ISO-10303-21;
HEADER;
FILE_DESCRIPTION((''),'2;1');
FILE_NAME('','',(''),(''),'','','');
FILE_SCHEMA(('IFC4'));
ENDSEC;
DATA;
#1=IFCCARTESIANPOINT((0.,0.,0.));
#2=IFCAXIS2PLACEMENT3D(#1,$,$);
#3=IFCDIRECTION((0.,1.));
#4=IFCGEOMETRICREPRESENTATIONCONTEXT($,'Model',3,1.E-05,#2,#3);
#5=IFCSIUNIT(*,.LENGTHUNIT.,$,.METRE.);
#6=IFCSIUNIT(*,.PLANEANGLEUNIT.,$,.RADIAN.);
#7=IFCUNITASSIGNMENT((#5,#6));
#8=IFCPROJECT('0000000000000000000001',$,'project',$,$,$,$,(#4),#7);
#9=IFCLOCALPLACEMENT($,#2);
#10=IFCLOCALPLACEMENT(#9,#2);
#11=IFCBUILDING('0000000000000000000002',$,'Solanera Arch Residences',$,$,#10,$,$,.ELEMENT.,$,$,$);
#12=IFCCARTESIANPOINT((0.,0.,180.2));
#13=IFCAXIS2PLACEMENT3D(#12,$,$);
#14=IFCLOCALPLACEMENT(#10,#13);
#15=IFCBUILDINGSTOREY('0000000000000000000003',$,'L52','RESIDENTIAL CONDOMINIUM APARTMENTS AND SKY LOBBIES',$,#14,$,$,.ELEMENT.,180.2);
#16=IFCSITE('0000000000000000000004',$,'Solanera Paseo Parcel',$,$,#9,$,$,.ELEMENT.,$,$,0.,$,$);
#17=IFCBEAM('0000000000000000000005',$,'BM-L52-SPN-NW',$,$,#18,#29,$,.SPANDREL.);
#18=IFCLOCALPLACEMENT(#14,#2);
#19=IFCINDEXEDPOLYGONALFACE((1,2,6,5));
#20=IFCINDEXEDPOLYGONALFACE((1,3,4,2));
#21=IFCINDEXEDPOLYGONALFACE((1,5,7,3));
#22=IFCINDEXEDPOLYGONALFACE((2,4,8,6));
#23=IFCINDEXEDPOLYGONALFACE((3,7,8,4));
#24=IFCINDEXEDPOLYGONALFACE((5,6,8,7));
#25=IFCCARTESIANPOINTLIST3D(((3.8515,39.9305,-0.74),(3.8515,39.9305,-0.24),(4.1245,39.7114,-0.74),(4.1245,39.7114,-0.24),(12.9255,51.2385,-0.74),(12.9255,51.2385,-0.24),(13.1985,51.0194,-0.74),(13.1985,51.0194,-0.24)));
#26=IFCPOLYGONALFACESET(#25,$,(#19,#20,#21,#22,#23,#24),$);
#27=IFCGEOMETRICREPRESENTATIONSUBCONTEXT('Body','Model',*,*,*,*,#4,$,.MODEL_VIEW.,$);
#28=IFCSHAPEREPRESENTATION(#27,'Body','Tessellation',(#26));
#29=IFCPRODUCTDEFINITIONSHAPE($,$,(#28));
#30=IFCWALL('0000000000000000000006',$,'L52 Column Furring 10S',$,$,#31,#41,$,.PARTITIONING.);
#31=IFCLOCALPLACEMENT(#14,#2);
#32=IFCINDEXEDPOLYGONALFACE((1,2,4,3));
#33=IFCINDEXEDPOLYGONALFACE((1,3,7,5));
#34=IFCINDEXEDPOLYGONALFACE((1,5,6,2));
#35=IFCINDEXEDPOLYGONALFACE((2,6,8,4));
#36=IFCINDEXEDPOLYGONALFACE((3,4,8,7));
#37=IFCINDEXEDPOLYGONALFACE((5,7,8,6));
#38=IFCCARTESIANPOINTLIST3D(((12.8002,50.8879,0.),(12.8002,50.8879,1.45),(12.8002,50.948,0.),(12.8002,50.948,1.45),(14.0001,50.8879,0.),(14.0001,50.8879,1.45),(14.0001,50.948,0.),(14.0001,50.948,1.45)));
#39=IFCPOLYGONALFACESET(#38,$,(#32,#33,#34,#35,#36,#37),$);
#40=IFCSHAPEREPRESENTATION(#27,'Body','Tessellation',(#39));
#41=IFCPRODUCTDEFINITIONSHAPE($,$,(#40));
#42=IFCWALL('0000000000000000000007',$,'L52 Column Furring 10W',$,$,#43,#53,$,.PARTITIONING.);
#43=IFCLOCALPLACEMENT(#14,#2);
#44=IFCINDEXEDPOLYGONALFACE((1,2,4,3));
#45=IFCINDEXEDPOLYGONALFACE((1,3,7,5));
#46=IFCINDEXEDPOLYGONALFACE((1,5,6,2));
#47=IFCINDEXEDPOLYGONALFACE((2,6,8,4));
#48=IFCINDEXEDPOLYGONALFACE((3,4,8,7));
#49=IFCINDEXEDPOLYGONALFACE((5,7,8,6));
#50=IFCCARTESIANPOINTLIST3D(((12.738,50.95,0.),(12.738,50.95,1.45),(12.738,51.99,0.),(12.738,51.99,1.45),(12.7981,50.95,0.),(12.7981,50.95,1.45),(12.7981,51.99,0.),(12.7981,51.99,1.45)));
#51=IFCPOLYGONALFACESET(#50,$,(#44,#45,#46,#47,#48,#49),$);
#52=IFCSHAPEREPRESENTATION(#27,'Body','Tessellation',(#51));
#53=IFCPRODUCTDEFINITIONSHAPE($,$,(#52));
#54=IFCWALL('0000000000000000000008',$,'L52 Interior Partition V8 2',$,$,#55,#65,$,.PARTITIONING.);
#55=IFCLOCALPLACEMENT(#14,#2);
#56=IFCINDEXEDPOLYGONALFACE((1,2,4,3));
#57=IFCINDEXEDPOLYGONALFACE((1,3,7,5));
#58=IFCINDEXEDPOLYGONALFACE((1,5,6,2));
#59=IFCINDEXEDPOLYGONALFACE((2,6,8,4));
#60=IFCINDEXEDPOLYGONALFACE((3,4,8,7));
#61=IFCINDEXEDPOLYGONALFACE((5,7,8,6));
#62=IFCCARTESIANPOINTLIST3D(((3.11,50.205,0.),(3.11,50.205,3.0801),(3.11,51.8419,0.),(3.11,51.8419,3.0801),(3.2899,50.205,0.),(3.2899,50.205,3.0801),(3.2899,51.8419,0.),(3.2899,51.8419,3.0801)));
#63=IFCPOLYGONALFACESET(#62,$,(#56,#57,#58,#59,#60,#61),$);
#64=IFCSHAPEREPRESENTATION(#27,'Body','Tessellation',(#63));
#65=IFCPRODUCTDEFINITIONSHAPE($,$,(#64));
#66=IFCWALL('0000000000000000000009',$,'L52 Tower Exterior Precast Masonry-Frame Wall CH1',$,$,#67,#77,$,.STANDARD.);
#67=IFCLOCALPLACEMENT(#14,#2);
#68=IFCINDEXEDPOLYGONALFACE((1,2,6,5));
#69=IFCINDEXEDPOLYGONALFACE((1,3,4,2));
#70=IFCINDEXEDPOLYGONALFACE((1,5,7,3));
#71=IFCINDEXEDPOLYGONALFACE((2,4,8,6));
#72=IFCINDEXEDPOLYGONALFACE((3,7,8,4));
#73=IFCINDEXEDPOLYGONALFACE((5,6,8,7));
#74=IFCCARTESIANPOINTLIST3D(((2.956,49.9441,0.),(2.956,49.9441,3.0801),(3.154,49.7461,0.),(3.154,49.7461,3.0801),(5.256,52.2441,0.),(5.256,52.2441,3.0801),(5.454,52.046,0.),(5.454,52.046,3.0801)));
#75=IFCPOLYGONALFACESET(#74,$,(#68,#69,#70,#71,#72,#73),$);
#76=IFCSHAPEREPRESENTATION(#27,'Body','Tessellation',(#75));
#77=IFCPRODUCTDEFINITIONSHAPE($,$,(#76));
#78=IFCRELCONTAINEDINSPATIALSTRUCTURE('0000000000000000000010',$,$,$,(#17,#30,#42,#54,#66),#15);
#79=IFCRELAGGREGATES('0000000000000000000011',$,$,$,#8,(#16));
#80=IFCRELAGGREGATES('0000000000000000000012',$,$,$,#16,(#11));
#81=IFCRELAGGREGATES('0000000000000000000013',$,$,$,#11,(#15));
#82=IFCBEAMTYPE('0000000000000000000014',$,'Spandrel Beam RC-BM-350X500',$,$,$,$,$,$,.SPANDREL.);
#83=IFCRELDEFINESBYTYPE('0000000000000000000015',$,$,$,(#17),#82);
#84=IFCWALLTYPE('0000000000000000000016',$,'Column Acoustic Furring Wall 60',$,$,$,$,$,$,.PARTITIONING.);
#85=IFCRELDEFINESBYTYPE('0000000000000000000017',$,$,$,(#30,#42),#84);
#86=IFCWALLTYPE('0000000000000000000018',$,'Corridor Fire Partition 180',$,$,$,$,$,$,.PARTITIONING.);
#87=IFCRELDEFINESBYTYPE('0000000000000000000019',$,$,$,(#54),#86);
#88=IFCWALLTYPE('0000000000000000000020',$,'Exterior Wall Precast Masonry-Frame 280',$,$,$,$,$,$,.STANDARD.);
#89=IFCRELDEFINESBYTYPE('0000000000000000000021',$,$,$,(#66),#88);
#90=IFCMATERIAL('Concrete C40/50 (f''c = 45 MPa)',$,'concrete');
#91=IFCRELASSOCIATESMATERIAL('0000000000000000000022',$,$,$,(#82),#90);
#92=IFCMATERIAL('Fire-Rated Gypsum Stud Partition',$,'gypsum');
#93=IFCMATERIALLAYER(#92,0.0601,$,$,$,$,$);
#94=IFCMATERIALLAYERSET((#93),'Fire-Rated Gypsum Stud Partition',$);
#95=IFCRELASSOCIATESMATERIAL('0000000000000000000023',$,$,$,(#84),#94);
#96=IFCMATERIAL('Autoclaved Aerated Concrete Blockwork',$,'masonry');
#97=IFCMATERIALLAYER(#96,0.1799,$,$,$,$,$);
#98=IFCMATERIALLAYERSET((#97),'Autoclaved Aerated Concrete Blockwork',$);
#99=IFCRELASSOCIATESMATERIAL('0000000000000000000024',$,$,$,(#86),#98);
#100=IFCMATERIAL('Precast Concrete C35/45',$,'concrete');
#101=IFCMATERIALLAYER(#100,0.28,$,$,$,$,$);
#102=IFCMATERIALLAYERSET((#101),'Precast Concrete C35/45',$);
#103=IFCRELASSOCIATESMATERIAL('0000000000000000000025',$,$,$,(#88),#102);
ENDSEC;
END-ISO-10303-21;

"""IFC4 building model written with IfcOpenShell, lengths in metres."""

from ifc_helpers import new_model, si_unit, direction, frame, frame_2d, origin, origin_2d, place, context, subcontext, project, spatial, rectangle, extrude, material, layer, layer_set, material_profile, profile_set, type_object, element, save


model = new_model("IFC4")

# Units and contexts
model_context = context("Model", 3, precision=1e-05, world=origin(), true_north=direction((0.0, 1.0)))
body_context = subcontext(model_context, "Body", "Model", "MODEL_VIEW")
ifc_project = project(units=[si_unit("LENGTHUNIT", "METRE"), si_unit("PLANEANGLEUNIT", "RADIAN")], contexts=[model_context])

# Site, building, storey
site_placement = place(None, origin())
site = spatial("IfcSite", under=ifc_project, at=site_placement, Name="Solanera Paseo Parcel", CompositionType="ELEMENT", RefElevation=0.0)
building_placement = place(site_placement, origin())
building = spatial("IfcBuilding", under=site, at=building_placement, Name="Solanera Arch Residences", CompositionType="ELEMENT")
storey_placement = place(building_placement, frame((0.0, 0.0, 180.2)))
storey = spatial("IfcBuildingStorey", under=building, at=storey_placement, Name="L52", Description="RESIDENTIAL CONDOMINIUM APARTMENTS AND SKY LOBBIES", CompositionType="ELEMENT", Elevation=180.2)

# Beam
ifc_material_1 = material(Name="Concrete C40/50 (f'c = 45 MPa)", Category="concrete")
ifc_material_profile = material_profile(ifc_material_1, rectangle(XDim=0.3501, YDim=0.5, at=origin_2d()))
ifc_profile_set = profile_set([ifc_material_profile], Name="Concrete C40/50 (f'c = 45 MPa)")
beam_type = type_object("IfcBeamType", Name="Spandrel Beam RC-BM-350X500", PredefinedType="SPANDREL", material=ifc_profile_set)
beam_placement = place(storey_placement, frame((13.062, 51.1289, -0.49), z_axis=(-0.625859, -0.779936, 0.0), x_axis=(0.779936, -0.625859, 0.0)))
element("IfcBeam", 1, at=beam_placement, inside=storey, type_object=beam_type, Name="BM-L52-SPN-NW", PredefinedType="SPANDREL", context=body_context, shape_type="SweptSolid", body=[
    extrude(rectangle(XDim=0.3501, YDim=0.5, at=origin_2d()), origin(), (0.0, 0.0, 1.0), 14.4985),
])

# Walls
ifc_material_2 = material(Name="Fire-Rated Gypsum Stud Partition", Category="gypsum")
ifc_layer_1 = layer(ifc_material_2, 0.0601)
ifc_layer_set_1 = layer_set([ifc_layer_1], Name="Fire-Rated Gypsum Stud Partition")
wall_type_1 = type_object("IfcWallType", Name="Column Acoustic Furring Wall 60", PredefinedType="PARTITIONING", material=ifc_layer_set_1)
wall_1_placement = place(storey_placement, frame((12.8, 50.918, 0.0), z_axis=(0.0, 0.0, 1.0), x_axis=(1.0, 0.0, 0.0)))
element("IfcWall", 2, at=wall_1_placement, inside=storey, type_object=wall_type_1, Name="L52 Column Furring 10S", PredefinedType="PARTITIONING", context=body_context, shape_type="SweptSolid", body=[
    extrude(rectangle(XDim=1.2, YDim=0.0601, at=frame_2d((0.6001, 0.0))), origin(), (0.0, 0.0, 1.0), 1.45),
])
wall_2_placement = place(storey_placement, frame((12.7681, 50.95, 0.0), z_axis=(0.0, 0.0, 1.0), x_axis=(0.0, 1.0, 0.0)))
element("IfcWall", 3, at=wall_2_placement, inside=storey, type_object=wall_type_1, Name="L52 Column Furring 10W", PredefinedType="PARTITIONING", context=body_context, shape_type="SweptSolid", body=[
    extrude(rectangle(XDim=1.04, YDim=0.0601, at=frame_2d((0.52, 0.0))), origin(), (0.0, 0.0, 1.0), 1.45),
])
ifc_material_3 = material(Name="Autoclaved Aerated Concrete Blockwork", Category="masonry")
ifc_layer_2 = layer(ifc_material_3, 0.1799)
ifc_layer_set_2 = layer_set([ifc_layer_2], Name="Autoclaved Aerated Concrete Blockwork")
wall_type_2 = type_object("IfcWallType", Name="Corridor Fire Partition 180", PredefinedType="PARTITIONING", material=ifc_layer_set_2)
wall_3_placement = place(storey_placement, frame((3.2, 50.2051, 0.0), z_axis=(0.0, 0.0, 1.0), x_axis=(0.0, 1.0, 0.0)))
element("IfcWall", 4, at=wall_3_placement, inside=storey, type_object=wall_type_2, Name="L52 Interior Partition V8 2", PredefinedType="PARTITIONING", context=body_context, shape_type="SweptSolid", body=[
    extrude(rectangle(XDim=1.637, YDim=0.1799, at=frame_2d((0.8184, 0.0))), origin(), (0.0, 0.0, 1.0), 3.0801),
])
ifc_material_4 = material(Name="Precast Concrete C35/45", Category="concrete")
ifc_layer_3 = layer(ifc_material_4, 0.28)
ifc_layer_set_3 = layer_set([ifc_layer_3], Name="Precast Concrete C35/45")
wall_type_3 = type_object("IfcWallType", Name="Exterior Wall Precast Masonry-Frame 280", PredefinedType="STANDARD", material=ifc_layer_set_3)
wall_4_placement = place(storey_placement, frame((3.0549, 49.845, 0.0), z_axis=(0.0, 0.0, 1.0), x_axis=(0.707107, 0.707107, 0.0)))
element("IfcWall", 5, at=wall_4_placement, inside=storey, type_object=wall_type_3, Name="L52 Tower Exterior Precast Masonry-Frame Wall CH1", PredefinedType="STANDARD", context=body_context, shape_type="SweptSolid", body=[
    extrude(rectangle(XDim=3.2527, YDim=0.28, at=frame_2d((1.6265, 0.0))), origin(), (0.0, 0.0, 1.0), 3.0801),
])

save(model, "model.ifc")
